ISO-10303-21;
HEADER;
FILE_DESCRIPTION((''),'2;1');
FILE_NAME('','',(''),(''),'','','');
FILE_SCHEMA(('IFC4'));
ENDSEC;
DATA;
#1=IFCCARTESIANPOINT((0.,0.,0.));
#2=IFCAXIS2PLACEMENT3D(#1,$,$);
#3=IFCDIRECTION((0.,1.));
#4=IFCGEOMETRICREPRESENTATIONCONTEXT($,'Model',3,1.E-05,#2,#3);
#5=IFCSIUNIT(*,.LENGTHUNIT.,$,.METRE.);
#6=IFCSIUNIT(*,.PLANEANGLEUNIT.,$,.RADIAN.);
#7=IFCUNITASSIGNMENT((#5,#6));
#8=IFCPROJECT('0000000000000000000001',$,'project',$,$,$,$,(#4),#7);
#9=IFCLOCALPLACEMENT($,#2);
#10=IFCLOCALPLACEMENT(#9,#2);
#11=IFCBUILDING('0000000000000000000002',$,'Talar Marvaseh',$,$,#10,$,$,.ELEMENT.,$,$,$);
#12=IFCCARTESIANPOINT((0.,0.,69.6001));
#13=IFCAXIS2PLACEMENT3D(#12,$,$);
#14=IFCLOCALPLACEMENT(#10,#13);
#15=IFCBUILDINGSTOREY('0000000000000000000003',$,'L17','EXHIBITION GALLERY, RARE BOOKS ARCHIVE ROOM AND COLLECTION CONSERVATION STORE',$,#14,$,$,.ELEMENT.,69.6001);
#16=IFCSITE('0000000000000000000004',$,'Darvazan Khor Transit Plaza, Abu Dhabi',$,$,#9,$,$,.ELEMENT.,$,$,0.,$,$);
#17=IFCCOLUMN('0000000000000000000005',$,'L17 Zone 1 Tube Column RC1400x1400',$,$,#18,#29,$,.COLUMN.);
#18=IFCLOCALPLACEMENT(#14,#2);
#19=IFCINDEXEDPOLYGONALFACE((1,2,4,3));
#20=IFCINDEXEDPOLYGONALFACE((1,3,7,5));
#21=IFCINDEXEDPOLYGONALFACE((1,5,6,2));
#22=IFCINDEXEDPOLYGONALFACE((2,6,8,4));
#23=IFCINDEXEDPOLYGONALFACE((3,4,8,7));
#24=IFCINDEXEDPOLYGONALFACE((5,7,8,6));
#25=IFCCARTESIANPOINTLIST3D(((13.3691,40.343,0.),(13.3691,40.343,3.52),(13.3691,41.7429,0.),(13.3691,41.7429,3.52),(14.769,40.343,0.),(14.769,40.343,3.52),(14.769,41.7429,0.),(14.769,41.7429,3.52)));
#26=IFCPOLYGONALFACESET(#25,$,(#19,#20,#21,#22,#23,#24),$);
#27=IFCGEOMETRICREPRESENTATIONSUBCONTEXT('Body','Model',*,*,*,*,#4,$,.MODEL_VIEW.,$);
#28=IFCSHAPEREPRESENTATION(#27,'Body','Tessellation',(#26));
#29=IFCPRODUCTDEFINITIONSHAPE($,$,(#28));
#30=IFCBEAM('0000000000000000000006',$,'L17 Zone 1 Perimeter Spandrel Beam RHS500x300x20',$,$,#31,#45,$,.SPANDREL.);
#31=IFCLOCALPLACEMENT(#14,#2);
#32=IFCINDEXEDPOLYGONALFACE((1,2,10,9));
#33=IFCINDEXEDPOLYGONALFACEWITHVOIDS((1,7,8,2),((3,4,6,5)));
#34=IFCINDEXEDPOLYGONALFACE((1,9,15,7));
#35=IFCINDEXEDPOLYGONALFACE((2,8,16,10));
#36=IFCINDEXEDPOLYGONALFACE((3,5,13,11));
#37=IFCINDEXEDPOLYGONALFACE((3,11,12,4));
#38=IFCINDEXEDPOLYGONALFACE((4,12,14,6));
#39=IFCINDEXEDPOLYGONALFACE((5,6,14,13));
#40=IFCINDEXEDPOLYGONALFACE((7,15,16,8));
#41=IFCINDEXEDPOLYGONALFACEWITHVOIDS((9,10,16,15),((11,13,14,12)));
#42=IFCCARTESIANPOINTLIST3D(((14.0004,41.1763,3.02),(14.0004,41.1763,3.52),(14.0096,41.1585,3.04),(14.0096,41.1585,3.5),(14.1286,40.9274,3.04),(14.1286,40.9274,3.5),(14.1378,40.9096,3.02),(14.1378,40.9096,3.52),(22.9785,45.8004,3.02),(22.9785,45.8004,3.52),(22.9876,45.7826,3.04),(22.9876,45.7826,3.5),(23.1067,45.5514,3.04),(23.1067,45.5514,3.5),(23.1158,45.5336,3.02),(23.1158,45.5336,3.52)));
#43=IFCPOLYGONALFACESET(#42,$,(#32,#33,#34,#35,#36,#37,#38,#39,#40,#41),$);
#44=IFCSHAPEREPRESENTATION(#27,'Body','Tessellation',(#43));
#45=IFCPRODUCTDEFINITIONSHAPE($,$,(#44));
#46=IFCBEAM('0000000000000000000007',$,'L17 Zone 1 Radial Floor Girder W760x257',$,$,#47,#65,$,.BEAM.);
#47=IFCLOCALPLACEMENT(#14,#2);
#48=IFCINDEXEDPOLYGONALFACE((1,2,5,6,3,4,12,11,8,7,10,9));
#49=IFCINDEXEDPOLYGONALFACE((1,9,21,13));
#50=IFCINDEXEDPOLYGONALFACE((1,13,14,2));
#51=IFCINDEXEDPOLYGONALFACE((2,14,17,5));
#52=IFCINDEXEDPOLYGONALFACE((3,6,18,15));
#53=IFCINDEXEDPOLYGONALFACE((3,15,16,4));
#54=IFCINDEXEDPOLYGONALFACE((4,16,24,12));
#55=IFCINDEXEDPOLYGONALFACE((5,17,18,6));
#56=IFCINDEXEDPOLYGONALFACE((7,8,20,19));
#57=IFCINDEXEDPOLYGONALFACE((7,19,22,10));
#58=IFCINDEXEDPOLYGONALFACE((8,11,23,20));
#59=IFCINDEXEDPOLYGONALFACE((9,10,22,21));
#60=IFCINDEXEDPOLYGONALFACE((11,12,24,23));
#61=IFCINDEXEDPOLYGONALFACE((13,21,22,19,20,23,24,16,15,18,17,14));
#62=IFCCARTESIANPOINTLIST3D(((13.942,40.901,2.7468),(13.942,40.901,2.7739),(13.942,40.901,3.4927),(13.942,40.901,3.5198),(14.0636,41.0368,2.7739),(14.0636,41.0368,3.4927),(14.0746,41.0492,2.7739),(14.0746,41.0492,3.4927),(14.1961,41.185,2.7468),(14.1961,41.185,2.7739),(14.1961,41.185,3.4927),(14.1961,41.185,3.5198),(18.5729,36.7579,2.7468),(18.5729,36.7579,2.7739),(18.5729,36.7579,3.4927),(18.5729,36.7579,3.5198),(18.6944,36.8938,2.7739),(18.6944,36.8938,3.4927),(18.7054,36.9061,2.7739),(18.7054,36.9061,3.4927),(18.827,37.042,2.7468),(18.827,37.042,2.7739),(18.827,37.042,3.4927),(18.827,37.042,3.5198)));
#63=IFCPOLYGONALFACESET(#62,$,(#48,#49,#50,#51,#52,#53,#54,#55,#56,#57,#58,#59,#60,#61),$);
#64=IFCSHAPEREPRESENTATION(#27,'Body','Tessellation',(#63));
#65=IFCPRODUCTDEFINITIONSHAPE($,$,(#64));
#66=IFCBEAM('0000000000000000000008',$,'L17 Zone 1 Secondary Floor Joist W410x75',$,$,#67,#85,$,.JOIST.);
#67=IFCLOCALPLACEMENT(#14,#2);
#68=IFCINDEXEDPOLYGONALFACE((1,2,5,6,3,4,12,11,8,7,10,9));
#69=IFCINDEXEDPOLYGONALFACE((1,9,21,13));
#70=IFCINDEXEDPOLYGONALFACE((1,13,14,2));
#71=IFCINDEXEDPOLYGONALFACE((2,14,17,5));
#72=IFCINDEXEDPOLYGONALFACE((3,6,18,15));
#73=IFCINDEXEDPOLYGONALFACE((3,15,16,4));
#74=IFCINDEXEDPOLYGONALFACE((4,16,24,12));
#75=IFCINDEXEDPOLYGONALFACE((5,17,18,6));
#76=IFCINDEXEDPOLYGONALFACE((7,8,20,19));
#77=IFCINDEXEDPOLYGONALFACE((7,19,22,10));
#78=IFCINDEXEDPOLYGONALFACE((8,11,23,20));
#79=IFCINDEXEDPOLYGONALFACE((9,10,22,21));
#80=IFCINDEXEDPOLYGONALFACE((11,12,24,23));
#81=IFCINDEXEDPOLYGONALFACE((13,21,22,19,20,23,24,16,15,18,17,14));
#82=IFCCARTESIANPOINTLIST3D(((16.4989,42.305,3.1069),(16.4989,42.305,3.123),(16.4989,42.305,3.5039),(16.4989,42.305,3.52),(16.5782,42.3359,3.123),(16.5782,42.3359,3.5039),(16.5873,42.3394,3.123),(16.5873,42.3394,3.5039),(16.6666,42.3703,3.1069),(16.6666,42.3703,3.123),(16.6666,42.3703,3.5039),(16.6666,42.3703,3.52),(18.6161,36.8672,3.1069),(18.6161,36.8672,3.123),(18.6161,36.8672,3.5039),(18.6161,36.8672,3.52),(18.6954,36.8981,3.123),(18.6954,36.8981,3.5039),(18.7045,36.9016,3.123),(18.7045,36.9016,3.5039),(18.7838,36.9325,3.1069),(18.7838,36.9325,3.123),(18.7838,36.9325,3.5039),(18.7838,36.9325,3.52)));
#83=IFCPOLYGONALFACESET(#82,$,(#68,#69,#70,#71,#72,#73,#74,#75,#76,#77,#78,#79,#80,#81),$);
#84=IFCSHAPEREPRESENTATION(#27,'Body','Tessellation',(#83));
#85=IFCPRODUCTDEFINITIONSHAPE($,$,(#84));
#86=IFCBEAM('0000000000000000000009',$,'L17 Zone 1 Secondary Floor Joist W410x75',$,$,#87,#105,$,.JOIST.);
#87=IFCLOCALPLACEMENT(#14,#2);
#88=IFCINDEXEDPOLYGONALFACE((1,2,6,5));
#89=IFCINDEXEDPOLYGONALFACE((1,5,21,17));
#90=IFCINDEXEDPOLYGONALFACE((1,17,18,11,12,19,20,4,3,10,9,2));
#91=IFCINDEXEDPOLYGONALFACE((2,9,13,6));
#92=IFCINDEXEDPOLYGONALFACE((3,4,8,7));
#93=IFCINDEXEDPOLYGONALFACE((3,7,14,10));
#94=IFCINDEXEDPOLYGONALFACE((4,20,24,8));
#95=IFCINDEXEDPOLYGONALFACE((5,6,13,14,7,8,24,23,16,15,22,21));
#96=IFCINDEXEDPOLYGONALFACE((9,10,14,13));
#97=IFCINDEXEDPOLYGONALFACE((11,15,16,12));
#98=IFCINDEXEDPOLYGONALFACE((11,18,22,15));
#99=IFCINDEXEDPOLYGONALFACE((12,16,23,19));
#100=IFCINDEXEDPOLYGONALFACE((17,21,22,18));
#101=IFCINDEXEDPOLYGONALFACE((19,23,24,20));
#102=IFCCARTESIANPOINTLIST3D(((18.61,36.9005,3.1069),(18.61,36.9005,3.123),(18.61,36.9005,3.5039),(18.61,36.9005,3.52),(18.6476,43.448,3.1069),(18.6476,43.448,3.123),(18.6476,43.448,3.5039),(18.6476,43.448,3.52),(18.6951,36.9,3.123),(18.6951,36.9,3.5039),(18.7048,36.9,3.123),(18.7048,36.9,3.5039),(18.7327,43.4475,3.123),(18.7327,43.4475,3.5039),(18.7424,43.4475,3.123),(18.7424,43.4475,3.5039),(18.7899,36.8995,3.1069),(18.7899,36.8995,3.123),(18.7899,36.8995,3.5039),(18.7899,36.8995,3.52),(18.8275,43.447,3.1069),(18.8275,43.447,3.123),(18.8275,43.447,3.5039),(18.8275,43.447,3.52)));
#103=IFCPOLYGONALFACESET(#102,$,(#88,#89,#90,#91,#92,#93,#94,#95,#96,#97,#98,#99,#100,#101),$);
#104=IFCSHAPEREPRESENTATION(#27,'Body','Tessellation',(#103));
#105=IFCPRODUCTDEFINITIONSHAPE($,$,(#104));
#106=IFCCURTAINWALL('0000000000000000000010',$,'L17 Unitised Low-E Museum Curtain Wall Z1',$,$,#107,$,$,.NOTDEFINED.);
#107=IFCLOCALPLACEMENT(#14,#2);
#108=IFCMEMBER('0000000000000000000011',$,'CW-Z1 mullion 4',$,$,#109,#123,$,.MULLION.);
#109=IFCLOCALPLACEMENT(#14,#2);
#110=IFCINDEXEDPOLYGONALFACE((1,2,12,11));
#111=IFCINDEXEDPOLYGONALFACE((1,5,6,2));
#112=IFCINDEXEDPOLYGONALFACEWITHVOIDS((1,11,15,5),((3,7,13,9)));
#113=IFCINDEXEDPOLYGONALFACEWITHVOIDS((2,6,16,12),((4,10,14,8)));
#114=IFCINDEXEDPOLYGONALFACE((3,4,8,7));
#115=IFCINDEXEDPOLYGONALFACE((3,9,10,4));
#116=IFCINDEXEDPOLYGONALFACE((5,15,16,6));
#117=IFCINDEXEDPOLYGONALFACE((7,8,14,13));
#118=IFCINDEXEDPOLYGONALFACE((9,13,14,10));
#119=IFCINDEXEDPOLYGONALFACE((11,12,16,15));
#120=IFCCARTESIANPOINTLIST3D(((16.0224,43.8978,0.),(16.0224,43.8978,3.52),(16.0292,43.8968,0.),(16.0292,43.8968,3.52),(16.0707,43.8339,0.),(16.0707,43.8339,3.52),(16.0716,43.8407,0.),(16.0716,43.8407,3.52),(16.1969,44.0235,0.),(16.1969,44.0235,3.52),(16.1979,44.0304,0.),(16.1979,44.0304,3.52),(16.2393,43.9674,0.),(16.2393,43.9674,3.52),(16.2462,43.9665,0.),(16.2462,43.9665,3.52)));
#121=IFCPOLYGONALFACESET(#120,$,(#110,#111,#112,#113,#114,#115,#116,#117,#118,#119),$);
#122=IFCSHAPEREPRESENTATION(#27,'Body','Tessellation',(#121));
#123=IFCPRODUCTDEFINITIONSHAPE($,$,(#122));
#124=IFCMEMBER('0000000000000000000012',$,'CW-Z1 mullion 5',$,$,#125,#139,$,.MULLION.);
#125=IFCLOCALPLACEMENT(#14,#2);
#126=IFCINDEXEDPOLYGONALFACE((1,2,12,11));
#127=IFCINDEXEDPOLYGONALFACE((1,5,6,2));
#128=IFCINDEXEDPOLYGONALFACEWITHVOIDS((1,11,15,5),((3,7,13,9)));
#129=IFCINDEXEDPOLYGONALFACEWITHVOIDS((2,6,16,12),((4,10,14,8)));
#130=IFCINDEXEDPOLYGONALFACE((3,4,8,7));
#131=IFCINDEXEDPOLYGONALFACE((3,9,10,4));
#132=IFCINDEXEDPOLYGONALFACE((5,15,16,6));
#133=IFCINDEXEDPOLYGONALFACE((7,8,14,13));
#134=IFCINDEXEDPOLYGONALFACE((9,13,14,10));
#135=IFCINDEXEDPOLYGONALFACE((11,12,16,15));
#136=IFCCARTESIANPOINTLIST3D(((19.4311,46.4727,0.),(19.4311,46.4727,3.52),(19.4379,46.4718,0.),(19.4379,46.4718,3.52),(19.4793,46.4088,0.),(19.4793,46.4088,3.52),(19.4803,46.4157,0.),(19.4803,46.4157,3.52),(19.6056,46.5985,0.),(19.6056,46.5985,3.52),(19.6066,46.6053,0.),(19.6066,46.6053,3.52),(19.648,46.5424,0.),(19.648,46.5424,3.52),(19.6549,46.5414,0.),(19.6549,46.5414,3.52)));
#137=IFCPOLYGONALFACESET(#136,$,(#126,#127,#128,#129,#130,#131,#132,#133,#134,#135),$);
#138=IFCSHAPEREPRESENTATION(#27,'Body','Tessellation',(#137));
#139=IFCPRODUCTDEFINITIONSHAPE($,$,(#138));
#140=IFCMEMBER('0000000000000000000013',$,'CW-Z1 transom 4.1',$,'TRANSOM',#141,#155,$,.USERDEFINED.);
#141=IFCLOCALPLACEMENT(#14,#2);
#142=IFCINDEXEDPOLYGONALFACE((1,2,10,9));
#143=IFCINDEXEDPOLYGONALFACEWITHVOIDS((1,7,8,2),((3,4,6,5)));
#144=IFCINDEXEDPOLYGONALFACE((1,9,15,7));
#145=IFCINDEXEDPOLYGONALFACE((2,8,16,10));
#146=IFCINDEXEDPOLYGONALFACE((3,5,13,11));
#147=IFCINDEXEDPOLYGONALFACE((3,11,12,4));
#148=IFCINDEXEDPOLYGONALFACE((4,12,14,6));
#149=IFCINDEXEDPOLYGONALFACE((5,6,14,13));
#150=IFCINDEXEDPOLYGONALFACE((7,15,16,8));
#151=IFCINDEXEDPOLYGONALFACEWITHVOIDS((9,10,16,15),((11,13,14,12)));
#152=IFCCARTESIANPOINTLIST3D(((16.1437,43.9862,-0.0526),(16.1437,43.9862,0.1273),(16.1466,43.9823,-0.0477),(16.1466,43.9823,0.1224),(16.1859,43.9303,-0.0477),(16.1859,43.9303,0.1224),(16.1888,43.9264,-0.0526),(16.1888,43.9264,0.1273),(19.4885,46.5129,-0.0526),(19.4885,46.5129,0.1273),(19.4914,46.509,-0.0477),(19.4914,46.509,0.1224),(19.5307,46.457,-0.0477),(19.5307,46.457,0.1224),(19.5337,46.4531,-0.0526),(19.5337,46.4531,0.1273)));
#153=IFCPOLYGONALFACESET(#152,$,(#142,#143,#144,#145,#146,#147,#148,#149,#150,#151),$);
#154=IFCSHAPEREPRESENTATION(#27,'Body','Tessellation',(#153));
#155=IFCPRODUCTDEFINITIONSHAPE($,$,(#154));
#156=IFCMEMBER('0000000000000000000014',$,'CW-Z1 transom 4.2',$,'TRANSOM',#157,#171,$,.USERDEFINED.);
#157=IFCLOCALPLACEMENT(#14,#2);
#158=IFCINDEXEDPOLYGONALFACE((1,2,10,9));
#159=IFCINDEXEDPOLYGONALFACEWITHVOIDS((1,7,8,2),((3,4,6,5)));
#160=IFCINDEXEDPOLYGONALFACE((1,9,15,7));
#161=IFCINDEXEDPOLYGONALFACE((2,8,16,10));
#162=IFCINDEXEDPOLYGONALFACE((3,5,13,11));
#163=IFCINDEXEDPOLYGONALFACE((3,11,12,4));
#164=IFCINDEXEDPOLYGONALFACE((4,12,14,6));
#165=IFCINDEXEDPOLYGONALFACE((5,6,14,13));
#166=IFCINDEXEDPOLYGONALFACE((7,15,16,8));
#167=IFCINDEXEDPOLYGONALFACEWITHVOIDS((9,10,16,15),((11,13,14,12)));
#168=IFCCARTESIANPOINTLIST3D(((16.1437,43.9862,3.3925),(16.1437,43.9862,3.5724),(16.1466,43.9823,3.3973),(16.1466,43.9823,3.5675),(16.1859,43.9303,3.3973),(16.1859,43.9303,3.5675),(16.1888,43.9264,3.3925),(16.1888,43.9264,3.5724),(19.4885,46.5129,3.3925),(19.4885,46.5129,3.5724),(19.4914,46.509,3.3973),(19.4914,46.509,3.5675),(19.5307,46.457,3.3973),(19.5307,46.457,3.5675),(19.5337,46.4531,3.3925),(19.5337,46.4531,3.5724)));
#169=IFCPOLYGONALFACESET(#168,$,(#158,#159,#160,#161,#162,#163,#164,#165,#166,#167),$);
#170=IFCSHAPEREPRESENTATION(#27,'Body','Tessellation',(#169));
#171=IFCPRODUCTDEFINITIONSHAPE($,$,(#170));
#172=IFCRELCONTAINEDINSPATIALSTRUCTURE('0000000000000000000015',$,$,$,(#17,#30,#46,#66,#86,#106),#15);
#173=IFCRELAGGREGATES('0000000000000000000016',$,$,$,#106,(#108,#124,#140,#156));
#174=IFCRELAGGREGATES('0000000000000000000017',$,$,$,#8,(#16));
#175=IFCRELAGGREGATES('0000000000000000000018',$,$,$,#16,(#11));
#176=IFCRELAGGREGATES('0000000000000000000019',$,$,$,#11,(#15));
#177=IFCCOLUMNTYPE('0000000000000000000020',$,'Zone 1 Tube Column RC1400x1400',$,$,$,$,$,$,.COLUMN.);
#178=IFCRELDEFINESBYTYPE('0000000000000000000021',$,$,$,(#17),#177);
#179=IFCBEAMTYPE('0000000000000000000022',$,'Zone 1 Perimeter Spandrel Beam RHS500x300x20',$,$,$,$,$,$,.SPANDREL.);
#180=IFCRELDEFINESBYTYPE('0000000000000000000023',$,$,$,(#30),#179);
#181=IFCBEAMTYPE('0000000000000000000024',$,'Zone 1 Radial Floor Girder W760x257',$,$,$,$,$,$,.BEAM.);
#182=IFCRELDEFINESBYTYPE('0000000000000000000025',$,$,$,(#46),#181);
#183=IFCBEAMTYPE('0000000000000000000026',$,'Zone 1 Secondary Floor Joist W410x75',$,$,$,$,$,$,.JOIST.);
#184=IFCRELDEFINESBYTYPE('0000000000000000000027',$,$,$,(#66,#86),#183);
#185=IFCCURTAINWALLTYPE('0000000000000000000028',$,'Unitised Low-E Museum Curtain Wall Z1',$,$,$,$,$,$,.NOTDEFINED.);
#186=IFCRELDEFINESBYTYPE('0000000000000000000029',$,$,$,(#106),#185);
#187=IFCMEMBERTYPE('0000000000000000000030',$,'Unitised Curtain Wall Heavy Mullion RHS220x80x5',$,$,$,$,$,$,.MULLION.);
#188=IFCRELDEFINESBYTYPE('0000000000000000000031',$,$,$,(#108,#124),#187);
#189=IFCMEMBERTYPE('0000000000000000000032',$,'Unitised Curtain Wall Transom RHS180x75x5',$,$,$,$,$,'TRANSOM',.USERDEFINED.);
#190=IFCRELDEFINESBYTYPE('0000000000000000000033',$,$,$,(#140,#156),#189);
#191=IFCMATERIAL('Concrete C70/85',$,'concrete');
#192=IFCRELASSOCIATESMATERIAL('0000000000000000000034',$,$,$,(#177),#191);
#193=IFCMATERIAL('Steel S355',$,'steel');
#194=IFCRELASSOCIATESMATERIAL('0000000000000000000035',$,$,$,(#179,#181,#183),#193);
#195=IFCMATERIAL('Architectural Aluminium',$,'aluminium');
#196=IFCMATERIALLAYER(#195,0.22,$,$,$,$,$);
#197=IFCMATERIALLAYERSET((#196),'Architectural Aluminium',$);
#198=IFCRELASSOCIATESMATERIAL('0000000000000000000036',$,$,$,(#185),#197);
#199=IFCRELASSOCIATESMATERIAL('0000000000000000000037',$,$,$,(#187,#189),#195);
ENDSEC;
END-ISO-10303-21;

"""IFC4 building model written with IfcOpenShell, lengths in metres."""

from ifc_helpers import new_model, si_unit, direction, frame, origin, origin_2d, place, context, subcontext, project, spatial, rectangle, hollow_rectangle, i_section, extrude, source, transform, mapped, material, layer, layer_set, material_profile, profile_set, type_object, type_shapes, element, aggregate, save


model = new_model("IFC4")

# Units and contexts
model_context = context("Model", 3, precision=1e-05, world=origin(), true_north=direction((0.0, 1.0)))
body_context = subcontext(model_context, "Body", "Model", "MODEL_VIEW")
ifc_project = project(units=[si_unit("LENGTHUNIT", "METRE"), si_unit("PLANEANGLEUNIT", "RADIAN")], contexts=[model_context])

# Site, building, storey
site_placement = place(None, origin())
site = spatial("IfcSite", under=ifc_project, at=site_placement, Name="Darvazan Khor Transit Plaza, Abu Dhabi", CompositionType="ELEMENT", RefElevation=0.0)
building_placement = place(site_placement, origin())
building = spatial("IfcBuilding", under=site, at=building_placement, Name="Talar Marvaseh", CompositionType="ELEMENT")
storey_placement = place(building_placement, frame((0.0, 0.0, 69.6001)))
storey = spatial("IfcBuildingStorey", under=building, at=storey_placement, Name="L17", Description="EXHIBITION GALLERY, RARE BOOKS ARCHIVE ROOM AND COLLECTION CONSERVATION STORE", CompositionType="ELEMENT", Elevation=69.6001)

# Column
ifc_material_1 = material(Name="Concrete C70/85", Category="concrete")
ifc_material_profile_1 = material_profile(ifc_material_1, rectangle(XDim=1.3999, YDim=1.3999, at=origin_2d()), Name="RC1400x1400")
ifc_profile_set_1 = profile_set([ifc_material_profile_1], Name="Concrete C70/85")
column_type = type_object("IfcColumnType", Name="Zone 1 Tube Column RC1400x1400", PredefinedType="COLUMN", material=ifc_profile_set_1)
column_placement = place(storey_placement, frame((14.0691, 41.043, 0.0), z_axis=(0.0, 0.0, 1.0), x_axis=(1.0, 0.0, 0.0)))
element("IfcColumn", 1, at=column_placement, inside=storey, type_object=column_type, Name="L17 Zone 1 Tube Column RC1400x1400", PredefinedType="COLUMN", context=body_context, shape_type="SweptSolid", body=[
    extrude(rectangle(XDim=1.3999, YDim=1.3999, at=origin_2d()), origin(), (0.0, 0.0, 1.0), 3.52),
])

# Beams
ifc_material_2 = material(Name="Steel S355", Category="steel")
ifc_material_profile_2 = material_profile(ifc_material_2, hollow_rectangle(XDim=0.3, YDim=0.5, WallThickness=0.02, at=origin_2d()), Name="RHS500x300x20")
ifc_profile_set_2 = profile_set([ifc_material_profile_2], Name="Steel S355")
beam_type_1 = type_object("IfcBeamType", Name="Zone 1 Perimeter Spandrel Beam RHS500x300x20", PredefinedType="SPANDREL", material=ifc_profile_set_2)
beam_1_placement = place(storey_placement, frame((14.0691, 41.043, 3.27), z_axis=(0.889016, 0.457877, 0.0), x_axis=(-0.457877, 0.889016, 0.0)))
element("IfcBeam", 2, at=beam_1_placement, inside=storey, type_object=beam_type_1, Name="L17 Zone 1 Perimeter Spandrel Beam RHS500x300x20", PredefinedType="SPANDREL", context=body_context, shape_type="SweptSolid", body=[
    extrude(hollow_rectangle(XDim=0.3, YDim=0.5, WallThickness=0.02, at=origin_2d()), origin(), (0.0, 0.0, 1.0), 10.0989),
])
ifc_material_profile_3 = material_profile(ifc_material_2, i_section(OverallWidth=0.3811, OverallDepth=0.7729, WebThickness=0.0166, FlangeThickness=0.0271, at=origin_2d()), Name="W760x257")
ifc_profile_set_3 = profile_set([ifc_material_profile_3], Name="Steel S355")
beam_type_2 = type_object("IfcBeamType", Name="Zone 1 Radial Floor Girder W760x257", PredefinedType="BEAM", material=ifc_profile_set_3)
beam_2_placement = place(storey_placement, frame((14.0691, 41.043, 3.1333), z_axis=(0.745268, -0.666765, 0.0), x_axis=(0.666765, 0.745268, 0.0)))
element("IfcBeam", 3, at=beam_2_placement, inside=storey, type_object=beam_type_2, Name="L17 Zone 1 Radial Floor Girder W760x257", PredefinedType="BEAM", context=body_context, shape_type="SweptSolid", body=[
    extrude(i_section(OverallWidth=0.3811, OverallDepth=0.7729, WebThickness=0.0166, FlangeThickness=0.0271, at=origin_2d()), origin(), (0.0, 0.0, 1.0), 6.2136),
])
ifc_material_profile_4 = material_profile(ifc_material_2, i_section(OverallWidth=0.1799, OverallDepth=0.4131, WebThickness=0.0098, FlangeThickness=0.0161, at=origin_2d()), Name="W410x75")
ifc_profile_set_4 = profile_set([ifc_material_profile_4], Name="Steel S355")
beam_type_3 = type_object("IfcBeamType", Name="Zone 1 Secondary Floor Joist W410x75", PredefinedType="JOIST", material=ifc_profile_set_4)
beam_3_placement = place(storey_placement, frame((16.5828, 42.3376, 3.3135), z_axis=(0.36282, -0.931859, 0.0), x_axis=(0.931859, 0.36282, 0.0)))
element("IfcBeam", 4, at=beam_3_placement, inside=storey, type_object=beam_type_3, Name="L17 Zone 1 Secondary Floor Joist W410x75", PredefinedType="JOIST", context=body_context, shape_type="SweptSolid", body=[
    extrude(i_section(OverallWidth=0.1799, OverallDepth=0.4131, WebThickness=0.0098, FlangeThickness=0.0161, at=origin_2d()), origin(), (0.0, 0.0, 1.0), 5.8354),
])
beam_4_placement = place(storey_placement, frame((18.7375, 43.4475, 3.3135), z_axis=(-0.005742, -0.999984, 0.0), x_axis=(0.999984, -0.005742, 0.0)))
element("IfcBeam", 5, at=beam_4_placement, inside=storey, type_object=beam_type_3, Name="L17 Zone 1 Secondary Floor Joist W410x75", PredefinedType="JOIST", context=body_context, shape_type="SweptSolid", body=[
    extrude(i_section(OverallWidth=0.1799, OverallDepth=0.4131, WebThickness=0.0098, FlangeThickness=0.0161, at=origin_2d()), origin(), (0.0, 0.0, 1.0), 6.5476),
])

# Curtain wall, members
ifc_material_3 = material(Name="Architectural Aluminium", Category="aluminium")
ifc_layer_1 = layer(ifc_material_3, 0.22)
ifc_layer_set_1 = layer_set([ifc_layer_1], Name="Architectural Aluminium")
curtain_wall_type = type_object("IfcCurtainWallType", Name="Unitised Low-E Museum Curtain Wall Z1", PredefinedType="NOTDEFINED", material=ifc_layer_set_1)
curtain_wall_placement = place(storey_placement, origin())
curtain_wall = element("IfcCurtainWall", 6, at=curtain_wall_placement, inside=storey, type_object=curtain_wall_type, Name="L17 Unitised Low-E Museum Curtain Wall Z1", PredefinedType="NOTDEFINED")
ifc_material_profile_5 = material_profile(ifc_material_3, hollow_rectangle(XDim=0.0801, YDim=0.22, WallThickness=0.0049, at=origin_2d()), Name="RHS220x80x5")
ifc_profile_set_5 = profile_set([ifc_material_profile_5], Name="Architectural Aluminium")
member_type_1 = type_object("IfcMemberType", Name="Unitised Curtain Wall Heavy Mullion RHS220x80x5", PredefinedType="MULLION", material=ifc_profile_set_5)
shared_shape_1 = source(origin(), body_context, "Body", "SweptSolid", [
    extrude(hollow_rectangle(XDim=0.0801, YDim=0.22, WallThickness=0.0049, at=origin_2d()), origin(), (0.0, 0.0, 1.0), 3.52),
])
type_shapes(member_type_1, [shared_shape_1])
member_1_placement = place(storey_placement, frame((16.1343, 43.9321, 0.0), z_axis=(0.0, 0.0, 1.0), x_axis=(-0.602763, 0.79792, 0.0)))
member_1 = element("IfcMember", 7, at=member_1_placement, type_object=member_type_1, Name="CW-Z1 mullion 4", PredefinedType="MULLION", context=body_context, shape_type="MappedRepresentation", body=[
    mapped(shared_shape_1, transform((0.0, 0.0, 0.0), x_axis=(1.0, 0.0, 0.0), y_axis=(0.0, 1.0, 0.0), z_axis=(0.0, 0.0, 1.0), scale=1.0)),
])
member_2_placement = place(storey_placement, frame((19.543, 46.5071, 0.0), z_axis=(0.0, 0.0, 1.0), x_axis=(-0.602763, 0.79792, 0.0)))
member_2 = element("IfcMember", 8, at=member_2_placement, type_object=member_type_1, Name="CW-Z1 mullion 5", PredefinedType="MULLION", context=body_context, shape_type="MappedRepresentation", body=[
    mapped(shared_shape_1, transform((0.0, 0.0, 0.0), x_axis=(1.0, 0.0, 0.0), y_axis=(0.0, 1.0, 0.0), z_axis=(0.0, 0.0, 1.0), scale=1.0)),
])
ifc_material_profile_6 = material_profile(ifc_material_3, hollow_rectangle(XDim=0.075, YDim=0.1799, WallThickness=0.0049, at=origin_2d()), Name="RHS180x75x5")
ifc_profile_set_6 = profile_set([ifc_material_profile_6], Name="Architectural Aluminium")
member_type_2 = type_object("IfcMemberType", Name="Unitised Curtain Wall Transom RHS180x75x5", ElementType="TRANSOM", PredefinedType="USERDEFINED", material=ifc_profile_set_6)
shared_shape_2 = source(origin(), body_context, "Body", "SweptSolid", [
    extrude(hollow_rectangle(XDim=0.075, YDim=0.1799, WallThickness=0.0049, at=origin_2d()), origin(), (0.0, 0.0, 1.0), 4.1919),
])
type_shapes(member_type_2, [shared_shape_2])
member_3_placement = place(storey_placement, frame((16.1663, 43.9563, 0.0374), z_axis=(0.797926, 0.602755, 0.0), x_axis=(-0.602755, 0.797926, 0.0)))
member_3 = element("IfcMember", 9, at=member_3_placement, type_object=member_type_2, Name="CW-Z1 transom 4.1", ObjectType="TRANSOM", PredefinedType="USERDEFINED", context=body_context, shape_type="MappedRepresentation", body=[
    mapped(shared_shape_2, transform((0.0, 0.0, 0.0), x_axis=(1.0, 0.0, 0.0), y_axis=(0.0, 1.0, 0.0), z_axis=(0.0, 0.0, 1.0), scale=1.0)),
])
member_4_placement = place(storey_placement, frame((16.1663, 43.9563, 3.4824), z_axis=(0.797926, 0.602755, 0.0), x_axis=(-0.602755, 0.797926, 0.0)))
member_4 = element("IfcMember", 10, at=member_4_placement, type_object=member_type_2, Name="CW-Z1 transom 4.2", ObjectType="TRANSOM", PredefinedType="USERDEFINED", context=body_context, shape_type="MappedRepresentation", body=[
    mapped(shared_shape_2, transform((0.0, 0.0, 0.0), x_axis=(1.0, 0.0, 0.0), y_axis=(0.0, 1.0, 0.0), z_axis=(0.0, 0.0, 1.0), scale=1.0)),
])
aggregate(curtain_wall, [member_1, member_2, member_3, member_4])

save(model, "model.ifc")
